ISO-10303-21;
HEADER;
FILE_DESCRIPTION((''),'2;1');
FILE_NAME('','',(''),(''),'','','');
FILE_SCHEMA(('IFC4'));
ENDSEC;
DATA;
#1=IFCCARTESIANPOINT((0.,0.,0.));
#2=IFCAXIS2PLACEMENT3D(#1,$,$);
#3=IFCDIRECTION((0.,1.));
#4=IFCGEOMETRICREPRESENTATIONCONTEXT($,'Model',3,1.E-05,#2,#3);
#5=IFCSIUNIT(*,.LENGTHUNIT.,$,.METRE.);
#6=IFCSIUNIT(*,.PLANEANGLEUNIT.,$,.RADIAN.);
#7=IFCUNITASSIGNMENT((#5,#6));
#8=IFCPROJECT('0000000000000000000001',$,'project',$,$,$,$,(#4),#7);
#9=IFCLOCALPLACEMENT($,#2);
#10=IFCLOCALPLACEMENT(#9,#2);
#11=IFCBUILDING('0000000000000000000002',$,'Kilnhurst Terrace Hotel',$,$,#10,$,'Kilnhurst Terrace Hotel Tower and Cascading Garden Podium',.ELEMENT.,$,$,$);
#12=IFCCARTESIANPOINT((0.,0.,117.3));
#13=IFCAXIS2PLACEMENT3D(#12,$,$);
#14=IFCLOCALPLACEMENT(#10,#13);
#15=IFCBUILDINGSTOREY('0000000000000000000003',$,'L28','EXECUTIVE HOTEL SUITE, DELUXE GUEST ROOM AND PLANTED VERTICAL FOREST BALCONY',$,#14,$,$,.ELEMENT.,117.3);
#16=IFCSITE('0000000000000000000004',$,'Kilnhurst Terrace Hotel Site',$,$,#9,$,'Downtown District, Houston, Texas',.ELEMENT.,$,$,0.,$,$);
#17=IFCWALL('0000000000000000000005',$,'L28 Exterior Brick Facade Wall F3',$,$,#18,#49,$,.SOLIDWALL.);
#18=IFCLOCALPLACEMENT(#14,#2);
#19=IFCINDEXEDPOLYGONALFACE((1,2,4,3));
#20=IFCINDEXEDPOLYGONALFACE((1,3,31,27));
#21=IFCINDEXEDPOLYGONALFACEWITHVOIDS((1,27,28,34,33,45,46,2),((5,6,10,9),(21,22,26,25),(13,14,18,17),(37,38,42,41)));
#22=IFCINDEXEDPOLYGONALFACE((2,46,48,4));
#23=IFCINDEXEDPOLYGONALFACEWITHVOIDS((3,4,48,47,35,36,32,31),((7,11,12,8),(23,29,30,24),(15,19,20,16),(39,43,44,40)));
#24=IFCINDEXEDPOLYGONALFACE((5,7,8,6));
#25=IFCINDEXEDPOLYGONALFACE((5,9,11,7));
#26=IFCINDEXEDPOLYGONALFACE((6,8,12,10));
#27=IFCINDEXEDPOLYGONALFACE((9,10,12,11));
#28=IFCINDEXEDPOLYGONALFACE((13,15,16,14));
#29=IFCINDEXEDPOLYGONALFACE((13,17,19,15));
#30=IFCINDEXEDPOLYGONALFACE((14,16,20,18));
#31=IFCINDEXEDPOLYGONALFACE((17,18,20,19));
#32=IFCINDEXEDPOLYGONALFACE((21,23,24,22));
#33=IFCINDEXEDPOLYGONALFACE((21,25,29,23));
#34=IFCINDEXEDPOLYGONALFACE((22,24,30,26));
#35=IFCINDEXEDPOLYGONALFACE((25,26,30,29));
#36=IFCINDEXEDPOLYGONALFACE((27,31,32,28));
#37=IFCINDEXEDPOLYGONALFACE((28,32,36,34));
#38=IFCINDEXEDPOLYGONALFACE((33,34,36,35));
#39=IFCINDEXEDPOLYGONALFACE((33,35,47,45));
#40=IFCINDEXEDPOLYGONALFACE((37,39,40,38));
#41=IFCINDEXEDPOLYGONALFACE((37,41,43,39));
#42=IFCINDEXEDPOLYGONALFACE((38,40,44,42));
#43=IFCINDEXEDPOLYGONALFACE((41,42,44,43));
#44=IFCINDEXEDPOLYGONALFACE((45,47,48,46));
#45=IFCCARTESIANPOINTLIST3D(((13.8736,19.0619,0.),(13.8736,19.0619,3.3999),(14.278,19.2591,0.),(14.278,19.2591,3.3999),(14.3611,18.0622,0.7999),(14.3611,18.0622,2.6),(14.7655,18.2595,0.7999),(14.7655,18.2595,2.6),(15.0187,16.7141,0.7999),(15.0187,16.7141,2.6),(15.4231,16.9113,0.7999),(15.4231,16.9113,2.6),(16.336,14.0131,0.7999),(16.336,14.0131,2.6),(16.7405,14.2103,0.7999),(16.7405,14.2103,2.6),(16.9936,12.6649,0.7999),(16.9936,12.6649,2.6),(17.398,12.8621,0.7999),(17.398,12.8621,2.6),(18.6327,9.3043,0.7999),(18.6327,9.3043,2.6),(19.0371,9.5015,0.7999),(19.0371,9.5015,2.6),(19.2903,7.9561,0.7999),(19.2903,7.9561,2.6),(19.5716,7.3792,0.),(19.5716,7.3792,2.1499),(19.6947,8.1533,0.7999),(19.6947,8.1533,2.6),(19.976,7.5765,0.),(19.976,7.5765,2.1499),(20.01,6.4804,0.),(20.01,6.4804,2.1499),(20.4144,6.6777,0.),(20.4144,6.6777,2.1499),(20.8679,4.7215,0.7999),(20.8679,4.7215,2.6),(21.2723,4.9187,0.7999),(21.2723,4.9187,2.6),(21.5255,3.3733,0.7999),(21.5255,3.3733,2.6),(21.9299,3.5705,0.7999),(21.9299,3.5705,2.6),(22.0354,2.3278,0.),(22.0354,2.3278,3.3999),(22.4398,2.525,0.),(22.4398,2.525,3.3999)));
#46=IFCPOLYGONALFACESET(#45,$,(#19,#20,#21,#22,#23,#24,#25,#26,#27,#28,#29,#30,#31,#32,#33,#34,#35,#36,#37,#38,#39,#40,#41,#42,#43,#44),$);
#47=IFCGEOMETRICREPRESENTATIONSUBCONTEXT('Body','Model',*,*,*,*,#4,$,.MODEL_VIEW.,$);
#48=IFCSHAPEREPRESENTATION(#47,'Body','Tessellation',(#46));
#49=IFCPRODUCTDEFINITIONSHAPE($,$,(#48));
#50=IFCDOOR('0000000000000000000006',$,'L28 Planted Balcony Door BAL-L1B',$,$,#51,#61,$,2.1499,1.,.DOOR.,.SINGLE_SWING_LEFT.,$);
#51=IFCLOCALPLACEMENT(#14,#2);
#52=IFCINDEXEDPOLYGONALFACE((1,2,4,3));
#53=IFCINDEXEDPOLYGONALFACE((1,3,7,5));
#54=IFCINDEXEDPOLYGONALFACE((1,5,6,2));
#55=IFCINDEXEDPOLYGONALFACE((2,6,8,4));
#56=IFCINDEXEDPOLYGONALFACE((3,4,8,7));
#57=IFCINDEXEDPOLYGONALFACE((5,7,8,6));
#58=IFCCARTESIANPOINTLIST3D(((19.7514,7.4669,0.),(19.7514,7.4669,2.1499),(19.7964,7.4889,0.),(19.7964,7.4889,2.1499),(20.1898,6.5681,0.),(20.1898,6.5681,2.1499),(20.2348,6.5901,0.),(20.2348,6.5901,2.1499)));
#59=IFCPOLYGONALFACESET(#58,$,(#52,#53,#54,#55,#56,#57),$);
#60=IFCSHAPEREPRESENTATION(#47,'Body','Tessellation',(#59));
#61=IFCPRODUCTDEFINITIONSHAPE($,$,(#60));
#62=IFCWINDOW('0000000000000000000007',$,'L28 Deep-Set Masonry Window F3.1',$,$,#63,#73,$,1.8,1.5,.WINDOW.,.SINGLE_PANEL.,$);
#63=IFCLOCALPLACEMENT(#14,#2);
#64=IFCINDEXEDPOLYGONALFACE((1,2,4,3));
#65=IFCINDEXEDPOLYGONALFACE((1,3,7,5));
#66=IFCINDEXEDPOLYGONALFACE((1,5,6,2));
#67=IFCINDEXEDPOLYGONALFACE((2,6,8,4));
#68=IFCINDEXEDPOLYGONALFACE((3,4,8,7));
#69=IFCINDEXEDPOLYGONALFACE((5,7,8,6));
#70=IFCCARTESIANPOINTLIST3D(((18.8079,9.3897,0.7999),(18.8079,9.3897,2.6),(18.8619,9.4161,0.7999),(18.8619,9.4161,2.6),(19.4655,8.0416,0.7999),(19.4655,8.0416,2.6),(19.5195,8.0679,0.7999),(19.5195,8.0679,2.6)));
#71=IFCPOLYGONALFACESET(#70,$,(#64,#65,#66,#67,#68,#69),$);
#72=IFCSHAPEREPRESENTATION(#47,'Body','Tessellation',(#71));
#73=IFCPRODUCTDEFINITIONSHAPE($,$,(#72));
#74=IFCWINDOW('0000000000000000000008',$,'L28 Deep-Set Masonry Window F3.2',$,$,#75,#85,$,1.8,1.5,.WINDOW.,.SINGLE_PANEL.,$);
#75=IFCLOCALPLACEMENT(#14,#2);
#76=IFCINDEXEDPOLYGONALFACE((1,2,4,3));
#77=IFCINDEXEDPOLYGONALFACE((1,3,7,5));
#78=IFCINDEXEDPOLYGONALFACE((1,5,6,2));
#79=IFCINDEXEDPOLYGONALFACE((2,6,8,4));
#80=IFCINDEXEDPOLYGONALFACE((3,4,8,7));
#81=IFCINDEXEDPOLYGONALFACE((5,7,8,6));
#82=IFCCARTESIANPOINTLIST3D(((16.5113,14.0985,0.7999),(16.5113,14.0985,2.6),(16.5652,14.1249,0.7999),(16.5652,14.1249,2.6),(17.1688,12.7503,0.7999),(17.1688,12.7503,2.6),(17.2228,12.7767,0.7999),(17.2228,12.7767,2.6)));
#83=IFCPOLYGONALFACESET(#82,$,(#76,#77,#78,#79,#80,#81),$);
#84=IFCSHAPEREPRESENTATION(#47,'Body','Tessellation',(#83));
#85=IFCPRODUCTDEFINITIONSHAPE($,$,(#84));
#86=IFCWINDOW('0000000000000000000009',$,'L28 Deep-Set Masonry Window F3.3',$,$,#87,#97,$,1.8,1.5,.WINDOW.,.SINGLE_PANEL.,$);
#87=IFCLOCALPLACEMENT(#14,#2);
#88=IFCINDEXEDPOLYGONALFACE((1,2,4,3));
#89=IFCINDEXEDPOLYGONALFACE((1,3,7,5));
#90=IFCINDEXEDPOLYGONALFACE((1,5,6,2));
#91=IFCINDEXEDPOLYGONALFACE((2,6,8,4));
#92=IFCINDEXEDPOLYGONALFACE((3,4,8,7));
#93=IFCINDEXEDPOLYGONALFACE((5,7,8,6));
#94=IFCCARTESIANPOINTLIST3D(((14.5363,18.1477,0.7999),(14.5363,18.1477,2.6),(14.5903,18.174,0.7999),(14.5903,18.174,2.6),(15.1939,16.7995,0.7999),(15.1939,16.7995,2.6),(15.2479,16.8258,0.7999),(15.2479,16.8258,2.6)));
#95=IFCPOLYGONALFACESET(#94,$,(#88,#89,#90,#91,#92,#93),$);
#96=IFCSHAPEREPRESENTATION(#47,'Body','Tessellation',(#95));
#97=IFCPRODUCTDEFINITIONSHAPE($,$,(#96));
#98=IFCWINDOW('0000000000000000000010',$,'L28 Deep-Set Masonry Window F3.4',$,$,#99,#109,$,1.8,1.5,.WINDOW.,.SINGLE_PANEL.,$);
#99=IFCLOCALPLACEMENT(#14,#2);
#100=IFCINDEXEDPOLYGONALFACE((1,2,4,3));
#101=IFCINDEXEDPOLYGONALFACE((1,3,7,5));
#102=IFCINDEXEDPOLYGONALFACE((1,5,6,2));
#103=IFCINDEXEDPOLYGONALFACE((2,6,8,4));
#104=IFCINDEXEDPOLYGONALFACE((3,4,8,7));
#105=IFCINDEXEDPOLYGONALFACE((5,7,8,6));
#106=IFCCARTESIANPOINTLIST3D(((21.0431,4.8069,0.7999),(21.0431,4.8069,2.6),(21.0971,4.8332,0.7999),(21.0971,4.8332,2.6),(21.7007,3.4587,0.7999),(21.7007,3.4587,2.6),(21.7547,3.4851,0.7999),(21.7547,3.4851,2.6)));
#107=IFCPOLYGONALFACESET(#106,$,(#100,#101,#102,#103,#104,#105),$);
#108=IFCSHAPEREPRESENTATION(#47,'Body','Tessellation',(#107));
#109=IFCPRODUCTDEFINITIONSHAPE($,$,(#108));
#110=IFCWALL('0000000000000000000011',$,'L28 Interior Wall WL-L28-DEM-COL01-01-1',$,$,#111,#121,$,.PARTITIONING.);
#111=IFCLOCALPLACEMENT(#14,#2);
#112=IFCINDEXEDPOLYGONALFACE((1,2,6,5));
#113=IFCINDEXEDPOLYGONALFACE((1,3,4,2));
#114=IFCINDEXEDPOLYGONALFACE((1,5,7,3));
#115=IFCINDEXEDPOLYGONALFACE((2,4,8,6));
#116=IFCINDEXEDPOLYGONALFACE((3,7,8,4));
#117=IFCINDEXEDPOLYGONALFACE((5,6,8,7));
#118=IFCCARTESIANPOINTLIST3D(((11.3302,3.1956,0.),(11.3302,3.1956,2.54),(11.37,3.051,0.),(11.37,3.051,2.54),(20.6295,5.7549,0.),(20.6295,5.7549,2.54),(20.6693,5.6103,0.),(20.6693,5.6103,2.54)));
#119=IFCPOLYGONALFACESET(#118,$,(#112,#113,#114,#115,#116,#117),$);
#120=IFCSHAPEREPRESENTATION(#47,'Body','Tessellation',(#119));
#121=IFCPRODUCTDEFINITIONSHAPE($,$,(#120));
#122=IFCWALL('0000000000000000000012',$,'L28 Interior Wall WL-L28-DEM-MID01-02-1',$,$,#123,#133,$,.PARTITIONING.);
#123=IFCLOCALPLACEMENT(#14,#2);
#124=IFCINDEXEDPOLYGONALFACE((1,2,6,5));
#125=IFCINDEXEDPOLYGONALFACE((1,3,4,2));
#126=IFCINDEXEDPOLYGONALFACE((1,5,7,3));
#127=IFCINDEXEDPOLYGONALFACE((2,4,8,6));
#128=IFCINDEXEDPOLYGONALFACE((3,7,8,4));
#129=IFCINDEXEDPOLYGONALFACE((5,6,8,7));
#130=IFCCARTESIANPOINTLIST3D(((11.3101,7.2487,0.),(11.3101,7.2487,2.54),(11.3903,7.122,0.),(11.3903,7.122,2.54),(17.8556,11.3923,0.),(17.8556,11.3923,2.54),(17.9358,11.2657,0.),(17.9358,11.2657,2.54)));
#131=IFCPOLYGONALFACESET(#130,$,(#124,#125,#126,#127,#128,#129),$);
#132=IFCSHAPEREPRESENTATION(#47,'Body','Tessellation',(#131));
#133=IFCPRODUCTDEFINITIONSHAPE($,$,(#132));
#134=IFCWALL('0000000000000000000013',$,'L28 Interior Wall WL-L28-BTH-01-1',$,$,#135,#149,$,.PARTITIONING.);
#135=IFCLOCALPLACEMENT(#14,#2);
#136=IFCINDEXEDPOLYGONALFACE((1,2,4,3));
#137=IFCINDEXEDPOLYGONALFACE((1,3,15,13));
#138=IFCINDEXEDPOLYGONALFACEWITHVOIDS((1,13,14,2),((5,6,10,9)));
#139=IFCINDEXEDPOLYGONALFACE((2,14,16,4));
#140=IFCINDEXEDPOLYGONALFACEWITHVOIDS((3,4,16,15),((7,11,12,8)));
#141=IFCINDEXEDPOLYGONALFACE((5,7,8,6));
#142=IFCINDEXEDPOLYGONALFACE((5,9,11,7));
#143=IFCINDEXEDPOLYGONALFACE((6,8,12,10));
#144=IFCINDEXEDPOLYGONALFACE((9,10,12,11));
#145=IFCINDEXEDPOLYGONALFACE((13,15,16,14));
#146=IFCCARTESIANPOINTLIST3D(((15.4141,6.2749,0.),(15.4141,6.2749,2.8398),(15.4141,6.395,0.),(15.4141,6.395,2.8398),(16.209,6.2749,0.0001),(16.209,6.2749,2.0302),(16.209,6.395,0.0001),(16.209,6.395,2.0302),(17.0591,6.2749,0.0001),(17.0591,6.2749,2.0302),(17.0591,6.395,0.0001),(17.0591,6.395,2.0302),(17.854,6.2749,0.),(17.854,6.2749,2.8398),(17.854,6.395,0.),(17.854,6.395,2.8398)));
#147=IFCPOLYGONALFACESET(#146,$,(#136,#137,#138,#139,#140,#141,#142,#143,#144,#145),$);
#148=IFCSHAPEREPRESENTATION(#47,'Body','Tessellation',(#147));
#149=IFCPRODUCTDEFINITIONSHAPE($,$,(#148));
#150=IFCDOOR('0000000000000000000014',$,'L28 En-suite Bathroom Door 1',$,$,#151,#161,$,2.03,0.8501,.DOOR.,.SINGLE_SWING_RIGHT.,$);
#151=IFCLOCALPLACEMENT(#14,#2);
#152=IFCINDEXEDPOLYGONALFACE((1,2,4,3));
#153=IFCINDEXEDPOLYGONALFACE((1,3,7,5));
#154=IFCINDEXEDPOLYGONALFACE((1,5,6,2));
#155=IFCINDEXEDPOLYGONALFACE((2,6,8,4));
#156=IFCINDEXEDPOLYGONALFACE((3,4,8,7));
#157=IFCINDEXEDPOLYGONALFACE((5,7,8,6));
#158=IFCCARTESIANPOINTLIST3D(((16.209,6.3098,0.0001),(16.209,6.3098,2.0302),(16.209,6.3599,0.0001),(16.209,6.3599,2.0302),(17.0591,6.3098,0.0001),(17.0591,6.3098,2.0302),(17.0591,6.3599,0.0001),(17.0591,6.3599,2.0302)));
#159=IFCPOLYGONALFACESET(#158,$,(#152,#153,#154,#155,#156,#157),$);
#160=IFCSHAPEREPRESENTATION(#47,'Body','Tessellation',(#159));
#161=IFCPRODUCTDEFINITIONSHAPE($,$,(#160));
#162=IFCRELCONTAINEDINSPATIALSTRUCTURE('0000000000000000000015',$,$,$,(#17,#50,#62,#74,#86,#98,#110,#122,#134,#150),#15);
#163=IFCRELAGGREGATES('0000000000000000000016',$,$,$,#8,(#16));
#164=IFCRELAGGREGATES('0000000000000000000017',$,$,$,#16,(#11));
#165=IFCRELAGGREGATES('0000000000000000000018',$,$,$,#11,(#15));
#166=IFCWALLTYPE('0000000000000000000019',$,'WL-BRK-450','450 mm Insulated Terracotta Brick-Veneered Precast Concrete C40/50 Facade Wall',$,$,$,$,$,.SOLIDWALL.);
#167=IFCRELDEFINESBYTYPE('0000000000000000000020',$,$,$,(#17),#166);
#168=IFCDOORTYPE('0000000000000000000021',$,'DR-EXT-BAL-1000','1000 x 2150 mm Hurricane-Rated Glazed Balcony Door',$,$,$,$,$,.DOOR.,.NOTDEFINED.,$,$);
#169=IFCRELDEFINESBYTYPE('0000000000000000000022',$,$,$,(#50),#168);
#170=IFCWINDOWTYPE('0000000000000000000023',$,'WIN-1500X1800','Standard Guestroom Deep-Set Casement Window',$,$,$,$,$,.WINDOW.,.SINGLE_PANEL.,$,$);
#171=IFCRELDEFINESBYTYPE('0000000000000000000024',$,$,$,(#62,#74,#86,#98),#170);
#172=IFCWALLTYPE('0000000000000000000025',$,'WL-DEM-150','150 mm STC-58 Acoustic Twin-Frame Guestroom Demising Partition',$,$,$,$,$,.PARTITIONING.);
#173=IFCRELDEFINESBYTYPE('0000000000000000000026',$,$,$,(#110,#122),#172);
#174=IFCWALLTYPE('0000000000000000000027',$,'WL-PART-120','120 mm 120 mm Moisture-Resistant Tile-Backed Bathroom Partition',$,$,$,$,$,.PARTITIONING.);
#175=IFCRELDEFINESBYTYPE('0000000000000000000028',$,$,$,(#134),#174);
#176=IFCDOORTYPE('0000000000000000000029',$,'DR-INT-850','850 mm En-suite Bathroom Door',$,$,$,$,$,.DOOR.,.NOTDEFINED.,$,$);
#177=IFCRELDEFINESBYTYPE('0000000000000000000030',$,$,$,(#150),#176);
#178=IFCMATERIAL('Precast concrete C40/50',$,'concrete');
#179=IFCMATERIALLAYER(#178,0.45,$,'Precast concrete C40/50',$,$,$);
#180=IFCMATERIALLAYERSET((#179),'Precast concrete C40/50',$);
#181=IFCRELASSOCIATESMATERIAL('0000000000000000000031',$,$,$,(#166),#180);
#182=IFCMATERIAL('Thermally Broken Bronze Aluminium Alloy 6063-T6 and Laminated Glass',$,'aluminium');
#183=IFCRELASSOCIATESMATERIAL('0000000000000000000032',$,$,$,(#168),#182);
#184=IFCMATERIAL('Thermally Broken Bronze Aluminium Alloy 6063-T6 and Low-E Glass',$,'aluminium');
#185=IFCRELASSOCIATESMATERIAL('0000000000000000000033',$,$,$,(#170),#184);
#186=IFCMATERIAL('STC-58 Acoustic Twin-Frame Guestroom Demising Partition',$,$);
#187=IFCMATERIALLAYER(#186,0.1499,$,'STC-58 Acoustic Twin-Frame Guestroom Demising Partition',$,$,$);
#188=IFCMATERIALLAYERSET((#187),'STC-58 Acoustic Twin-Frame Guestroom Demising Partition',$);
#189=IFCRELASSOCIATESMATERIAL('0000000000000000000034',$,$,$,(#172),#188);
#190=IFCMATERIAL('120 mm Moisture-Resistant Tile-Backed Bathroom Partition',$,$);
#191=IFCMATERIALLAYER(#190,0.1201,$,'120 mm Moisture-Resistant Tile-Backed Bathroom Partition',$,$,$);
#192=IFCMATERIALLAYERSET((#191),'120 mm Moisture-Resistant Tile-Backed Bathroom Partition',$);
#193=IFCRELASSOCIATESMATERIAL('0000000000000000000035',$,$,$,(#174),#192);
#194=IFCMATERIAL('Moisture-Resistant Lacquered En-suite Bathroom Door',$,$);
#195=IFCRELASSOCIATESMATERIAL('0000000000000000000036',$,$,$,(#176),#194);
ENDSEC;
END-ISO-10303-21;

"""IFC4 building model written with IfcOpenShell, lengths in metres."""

from ifc_helpers import new_model, si_unit, direction, frame, frame_2d, origin, place, context, subcontext, project, spatial, rectangle, extrude, material, layer, layer_set, type_object, element, fill, save


model = new_model("IFC4")

# Units and contexts
model_context = context("Model", 3, precision=1e-05, world=origin(), true_north=direction((0.0, 1.0)))
body_context = subcontext(model_context, "Body", "Model", "MODEL_VIEW")
ifc_project = project(units=[si_unit("LENGTHUNIT", "METRE"), si_unit("PLANEANGLEUNIT", "RADIAN")], contexts=[model_context])

# Site, building, storey
site_placement = place(None, origin())
site = spatial("IfcSite", under=ifc_project, at=site_placement, Name="Kilnhurst Terrace Hotel Site", LongName="Downtown District, Houston, Texas", CompositionType="ELEMENT", RefElevation=0.0)
building_placement = place(site_placement, origin())
building = spatial("IfcBuilding", under=site, at=building_placement, Name="Kilnhurst Terrace Hotel", LongName="Kilnhurst Terrace Hotel Tower and Cascading Garden Podium", CompositionType="ELEMENT")
storey_placement = place(building_placement, frame((0.0, 0.0, 117.3)))
storey = spatial("IfcBuildingStorey", under=building, at=storey_placement, Name="L28", Description="EXECUTIVE HOTEL SUITE, DELUXE GUEST ROOM AND PLANTED VERTICAL FOREST BALCONY", CompositionType="ELEMENT", Elevation=117.3)

# Shared definitions
ifc_material_1 = material(Name="Precast concrete C40/50", Category="concrete")
ifc_layer_1 = layer(ifc_material_1, 0.45, Name="Precast concrete C40/50")
ifc_layer_set_1 = layer_set([ifc_layer_1], Name="Precast concrete C40/50")
wall_type_1 = type_object("IfcWallType", Name="WL-BRK-450", Description="450 mm Insulated Terracotta Brick-Veneered Precast Concrete C40/50 Facade Wall", PredefinedType="SOLIDWALL", material=ifc_layer_set_1)

# Wall, openings, door, windows
wall_1_placement = place(storey_placement, frame((22.2375, 2.4265, 0.0), z_axis=(0.0, 0.0, 1.0), x_axis=(-0.438375, 0.898792, 0.0)))
wall_1 = element("IfcWall", 1, at=wall_1_placement, inside=storey, type_object=wall_type_1, Name="L28 Exterior Brick Facade Wall F3", PredefinedType="SOLIDWALL", context=body_context, shape_type="SweptSolid", body=[
    extrude(rectangle(XDim=18.6184, YDim=0.45, at=frame_2d((9.3091, 0.0))), origin(), (0.0, 0.0, 1.0), 3.3999),
])
opening_1_placement = place(wall_1_placement, frame((4.6201, 0.0, 0.0)))
opening_1 = element("IfcOpeningElement", 2, at=opening_1_placement, cuts=wall_1, PredefinedType="OPENING", context=body_context, shape_type="SweptSolid", body=[
    extrude(rectangle(XDim=1.0, YDim=2.1499, at=frame_2d((0.5, 1.075))), frame((0.0, 0.2349, 0.0), z_axis=(0.0, -1.0, 0.0), x_axis=(1.0, 0.0, 0.0)), (0.0, 0.0, 1.0), 0.47),
])
opening_2_placement = place(wall_1_placement, frame((6.262, 0.0, 0.8)))
opening_2 = element("IfcOpeningElement", 3, at=opening_2_placement, cuts=wall_1, PredefinedType="OPENING", context=body_context, shape_type="SweptSolid", body=[
    extrude(rectangle(XDim=1.5, YDim=1.8, at=frame_2d((0.75, 0.8999))), frame((0.0, 0.2349, 0.0), z_axis=(0.0, -1.0, 0.0), x_axis=(1.0, 0.0, 0.0)), (0.0, 0.0, 1.0), 0.47),
])
opening_3_placement = place(wall_1_placement, frame((11.501, 0.0, 0.8)))
opening_3 = element("IfcOpeningElement", 4, at=opening_3_placement, cuts=wall_1, PredefinedType="OPENING", context=body_context, shape_type="SweptSolid", body=[
    extrude(rectangle(XDim=1.5, YDim=1.8, at=frame_2d((0.75, 0.8999))), frame((0.0, 0.2349, 0.0), z_axis=(0.0, -1.0, 0.0), x_axis=(1.0, 0.0, 0.0)), (0.0, 0.0, 1.0), 0.47),
])
opening_4_placement = place(wall_1_placement, frame((16.0061, 0.0, 0.8)))
opening_4 = element("IfcOpeningElement", 5, at=opening_4_placement, cuts=wall_1, PredefinedType="OPENING", context=body_context, shape_type="SweptSolid", body=[
    extrude(rectangle(XDim=1.5, YDim=1.8, at=frame_2d((0.75, 0.8999))), frame((0.0, 0.2349, 0.0), z_axis=(0.0, -1.0, 0.0), x_axis=(1.0, 0.0, 0.0)), (0.0, 0.0, 1.0), 0.47),
])
opening_5_placement = place(wall_1_placement, frame((1.1631, 0.0, 0.8)))
opening_5 = element("IfcOpeningElement", 6, at=opening_5_placement, cuts=wall_1, PredefinedType="OPENING", context=body_context, shape_type="SweptSolid", body=[
    extrude(rectangle(XDim=1.5, YDim=1.8, at=frame_2d((0.75, 0.8999))), frame((0.0, 0.2349, 0.0), z_axis=(0.0, -1.0, 0.0), x_axis=(1.0, 0.0, 0.0)), (0.0, 0.0, 1.0), 0.47),
])
ifc_material_2 = material(Name="Thermally Broken Bronze Aluminium Alloy 6063-T6 and Laminated Glass", Category="aluminium")
door_type_1 = type_object("IfcDoorType", Name="DR-EXT-BAL-1000", Description="1000 x 2150 mm Hurricane-Rated Glazed Balcony Door", OperationType="NOTDEFINED", PredefinedType="DOOR", material=ifc_material_2)
door_1_placement = place(opening_1_placement, origin())
door_1 = element("IfcDoor", 7, at=door_1_placement, inside=storey, type_object=door_type_1, Name="L28 Planted Balcony Door BAL-L1B", OperationType="SINGLE_SWING_LEFT", OverallHeight=2.1499, OverallWidth=1.0, PredefinedType="DOOR", context=body_context, shape_type="SweptSolid", body=[
    extrude(rectangle(XDim=1.0, YDim=2.1499, at=frame_2d((0.5, 1.075))), frame((0.0, 0.0249, 0.0), z_axis=(0.0, -1.0, 0.0), x_axis=(1.0, 0.0, 0.0)), (0.0, 0.0, 1.0), 0.05),
])
fill(opening_1, door_1)
ifc_material_3 = material(Name="Thermally Broken Bronze Aluminium Alloy 6063-T6 and Low-E Glass", Category="aluminium")
window_type = type_object("IfcWindowType", Name="WIN-1500X1800", Description="Standard Guestroom Deep-Set Casement Window", PartitioningType="SINGLE_PANEL", PredefinedType="WINDOW", material=ifc_material_3)
window_1_placement = place(opening_2_placement, origin())
window_1 = element("IfcWindow", 8, at=window_1_placement, inside=storey, type_object=window_type, Name="L28 Deep-Set Masonry Window F3.1", OverallHeight=1.8, OverallWidth=1.5, PartitioningType="SINGLE_PANEL", PredefinedType="WINDOW", context=body_context, shape_type="SweptSolid", body=[
    extrude(rectangle(XDim=1.5, YDim=1.8, at=frame_2d((0.75, 0.8999))), frame((0.0, 0.03, 0.0), z_axis=(0.0, -1.0, 0.0), x_axis=(1.0, 0.0, 0.0)), (0.0, 0.0, 1.0), 0.0601),
])
fill(opening_2, window_1)
window_2_placement = place(opening_3_placement, origin())
window_2 = element("IfcWindow", 9, at=window_2_placement, inside=storey, type_object=window_type, Name="L28 Deep-Set Masonry Window F3.2", OverallHeight=1.8, OverallWidth=1.5, PartitioningType="SINGLE_PANEL", PredefinedType="WINDOW", context=body_context, shape_type="SweptSolid", body=[
    extrude(rectangle(XDim=1.5, YDim=1.8, at=frame_2d((0.75, 0.8999))), frame((0.0, 0.03, 0.0), z_axis=(0.0, -1.0, 0.0), x_axis=(1.0, 0.0, 0.0)), (0.0, 0.0, 1.0), 0.0601),
])
fill(opening_3, window_2)
window_3_placement = place(opening_4_placement, origin())
window_3 = element("IfcWindow", 10, at=window_3_placement, inside=storey, type_object=window_type, Name="L28 Deep-Set Masonry Window F3.3", OverallHeight=1.8, OverallWidth=1.5, PartitioningType="SINGLE_PANEL", PredefinedType="WINDOW", context=body_context, shape_type="SweptSolid", body=[
    extrude(rectangle(XDim=1.5, YDim=1.8, at=frame_2d((0.75, 0.8999))), frame((0.0, 0.03, 0.0), z_axis=(0.0, -1.0, 0.0), x_axis=(1.0, 0.0, 0.0)), (0.0, 0.0, 1.0), 0.0601),
])
fill(opening_4, window_3)
window_4_placement = place(opening_5_placement, origin())
window_4 = element("IfcWindow", 11, at=window_4_placement, inside=storey, type_object=window_type, Name="L28 Deep-Set Masonry Window F3.4", OverallHeight=1.8, OverallWidth=1.5, PartitioningType="SINGLE_PANEL", PredefinedType="WINDOW", context=body_context, shape_type="SweptSolid", body=[
    extrude(rectangle(XDim=1.5, YDim=1.8, at=frame_2d((0.75, 0.8999))), frame((0.0, 0.03, 0.0), z_axis=(0.0, -1.0, 0.0), x_axis=(1.0, 0.0, 0.0)), (0.0, 0.0, 1.0), 0.0601),
])
fill(opening_5, window_4)

# Walls
ifc_material_4 = material(Name="STC-58 Acoustic Twin-Frame Guestroom Demising Partition")
ifc_layer_2 = layer(ifc_material_4, 0.1499, Name="STC-58 Acoustic Twin-Frame Guestroom Demising Partition")
ifc_layer_set_2 = layer_set([ifc_layer_2], Name="STC-58 Acoustic Twin-Frame Guestroom Demising Partition")
wall_type_2 = type_object("IfcWallType", Name="WL-DEM-150", Description="150 mm STC-58 Acoustic Twin-Frame Guestroom Demising Partition", PredefinedType="PARTITIONING", material=ifc_layer_set_2)
wall_2_placement = place(storey_placement, frame((11.3501, 3.1233, 0.0), z_axis=(0.0, 0.0, 1.0), x_axis=(0.964152, 0.265351, 0.0)))
element("IfcWall", 12, at=wall_2_placement, inside=storey, type_object=wall_type_2, Name="L28 Interior Wall WL-L28-DEM-COL01-01-1", PredefinedType="PARTITIONING", context=body_context, shape_type="SweptSolid", body=[
    extrude(rectangle(XDim=9.645, YDim=0.1499, at=frame_2d((4.8225, 0.0))), origin(), (0.0, 0.0, 1.0), 2.54),
])
wall_3_placement = place(storey_placement, frame((11.3501, 7.1853, 0.0), z_axis=(0.0, 0.0, 1.0), x_axis=(0.844928, 0.53488, 0.0)))
element("IfcWall", 13, at=wall_3_placement, inside=storey, type_object=wall_type_2, Name="L28 Interior Wall WL-L28-DEM-MID01-02-1", PredefinedType="PARTITIONING", context=body_context, shape_type="SweptSolid", body=[
    extrude(rectangle(XDim=7.7468, YDim=0.1499, at=frame_2d((3.8735, 0.0))), origin(), (0.0, 0.0, 1.0), 2.54),
])

# Wall, opening, door
ifc_material_5 = material(Name="120 mm Moisture-Resistant Tile-Backed Bathroom Partition")
ifc_layer_3 = layer(ifc_material_5, 0.1201, Name="120 mm Moisture-Resistant Tile-Backed Bathroom Partition")
ifc_layer_set_3 = layer_set([ifc_layer_3], Name="120 mm Moisture-Resistant Tile-Backed Bathroom Partition")
wall_type_3 = type_object("IfcWallType", Name="WL-PART-120", Description="120 mm 120 mm Moisture-Resistant Tile-Backed Bathroom Partition", PredefinedType="PARTITIONING", material=ifc_layer_set_3)
wall_4_placement = place(storey_placement, frame((15.4141, 6.335, 0.0), z_axis=(0.0, 0.0, 1.0), x_axis=(1.0, 0.0, 0.0)))
wall_4 = element("IfcWall", 14, at=wall_4_placement, inside=storey, type_object=wall_type_3, Name="L28 Interior Wall WL-L28-BTH-01-1", PredefinedType="PARTITIONING", context=body_context, shape_type="SweptSolid", body=[
    extrude(rectangle(XDim=2.4399, YDim=0.1201, at=frame_2d((1.22, 0.0))), origin(), (0.0, 0.0, 1.0), 2.8398),
])
opening_6_placement = place(wall_4_placement, frame((0.7949, 0.0, 0.0)))
opening_6 = element("IfcOpeningElement", 15, at=opening_6_placement, cuts=wall_4, PredefinedType="OPENING", context=body_context, shape_type="SweptSolid", body=[
    extrude(rectangle(XDim=0.8501, YDim=2.03, at=frame_2d((0.425, 1.0151))), frame((0.0, 0.0701, 0.0), z_axis=(0.0, -1.0, 0.0), x_axis=(1.0, 0.0, 0.0)), (0.0, 0.0, 1.0), 0.1401),
])
ifc_material_6 = material(Name="Moisture-Resistant Lacquered En-suite Bathroom Door")
door_type_2 = type_object("IfcDoorType", Name="DR-INT-850", Description="850 mm En-suite Bathroom Door", OperationType="NOTDEFINED", PredefinedType="DOOR", material=ifc_material_6)
door_2_placement = place(opening_6_placement, origin())
door_2 = element("IfcDoor", 16, at=door_2_placement, inside=storey, type_object=door_type_2, Name="L28 En-suite Bathroom Door 1", OperationType="SINGLE_SWING_RIGHT", OverallHeight=2.03, OverallWidth=0.8501, PredefinedType="DOOR", context=body_context, shape_type="SweptSolid", body=[
    extrude(rectangle(XDim=0.8501, YDim=2.03, at=frame_2d((0.425, 1.0151))), frame((0.0, 0.0249, 0.0), z_axis=(0.0, -1.0, 0.0), x_axis=(1.0, 0.0, 0.0)), (0.0, 0.0, 1.0), 0.05),
])
fill(opening_6, door_2)

save(model, "model.ifc")
